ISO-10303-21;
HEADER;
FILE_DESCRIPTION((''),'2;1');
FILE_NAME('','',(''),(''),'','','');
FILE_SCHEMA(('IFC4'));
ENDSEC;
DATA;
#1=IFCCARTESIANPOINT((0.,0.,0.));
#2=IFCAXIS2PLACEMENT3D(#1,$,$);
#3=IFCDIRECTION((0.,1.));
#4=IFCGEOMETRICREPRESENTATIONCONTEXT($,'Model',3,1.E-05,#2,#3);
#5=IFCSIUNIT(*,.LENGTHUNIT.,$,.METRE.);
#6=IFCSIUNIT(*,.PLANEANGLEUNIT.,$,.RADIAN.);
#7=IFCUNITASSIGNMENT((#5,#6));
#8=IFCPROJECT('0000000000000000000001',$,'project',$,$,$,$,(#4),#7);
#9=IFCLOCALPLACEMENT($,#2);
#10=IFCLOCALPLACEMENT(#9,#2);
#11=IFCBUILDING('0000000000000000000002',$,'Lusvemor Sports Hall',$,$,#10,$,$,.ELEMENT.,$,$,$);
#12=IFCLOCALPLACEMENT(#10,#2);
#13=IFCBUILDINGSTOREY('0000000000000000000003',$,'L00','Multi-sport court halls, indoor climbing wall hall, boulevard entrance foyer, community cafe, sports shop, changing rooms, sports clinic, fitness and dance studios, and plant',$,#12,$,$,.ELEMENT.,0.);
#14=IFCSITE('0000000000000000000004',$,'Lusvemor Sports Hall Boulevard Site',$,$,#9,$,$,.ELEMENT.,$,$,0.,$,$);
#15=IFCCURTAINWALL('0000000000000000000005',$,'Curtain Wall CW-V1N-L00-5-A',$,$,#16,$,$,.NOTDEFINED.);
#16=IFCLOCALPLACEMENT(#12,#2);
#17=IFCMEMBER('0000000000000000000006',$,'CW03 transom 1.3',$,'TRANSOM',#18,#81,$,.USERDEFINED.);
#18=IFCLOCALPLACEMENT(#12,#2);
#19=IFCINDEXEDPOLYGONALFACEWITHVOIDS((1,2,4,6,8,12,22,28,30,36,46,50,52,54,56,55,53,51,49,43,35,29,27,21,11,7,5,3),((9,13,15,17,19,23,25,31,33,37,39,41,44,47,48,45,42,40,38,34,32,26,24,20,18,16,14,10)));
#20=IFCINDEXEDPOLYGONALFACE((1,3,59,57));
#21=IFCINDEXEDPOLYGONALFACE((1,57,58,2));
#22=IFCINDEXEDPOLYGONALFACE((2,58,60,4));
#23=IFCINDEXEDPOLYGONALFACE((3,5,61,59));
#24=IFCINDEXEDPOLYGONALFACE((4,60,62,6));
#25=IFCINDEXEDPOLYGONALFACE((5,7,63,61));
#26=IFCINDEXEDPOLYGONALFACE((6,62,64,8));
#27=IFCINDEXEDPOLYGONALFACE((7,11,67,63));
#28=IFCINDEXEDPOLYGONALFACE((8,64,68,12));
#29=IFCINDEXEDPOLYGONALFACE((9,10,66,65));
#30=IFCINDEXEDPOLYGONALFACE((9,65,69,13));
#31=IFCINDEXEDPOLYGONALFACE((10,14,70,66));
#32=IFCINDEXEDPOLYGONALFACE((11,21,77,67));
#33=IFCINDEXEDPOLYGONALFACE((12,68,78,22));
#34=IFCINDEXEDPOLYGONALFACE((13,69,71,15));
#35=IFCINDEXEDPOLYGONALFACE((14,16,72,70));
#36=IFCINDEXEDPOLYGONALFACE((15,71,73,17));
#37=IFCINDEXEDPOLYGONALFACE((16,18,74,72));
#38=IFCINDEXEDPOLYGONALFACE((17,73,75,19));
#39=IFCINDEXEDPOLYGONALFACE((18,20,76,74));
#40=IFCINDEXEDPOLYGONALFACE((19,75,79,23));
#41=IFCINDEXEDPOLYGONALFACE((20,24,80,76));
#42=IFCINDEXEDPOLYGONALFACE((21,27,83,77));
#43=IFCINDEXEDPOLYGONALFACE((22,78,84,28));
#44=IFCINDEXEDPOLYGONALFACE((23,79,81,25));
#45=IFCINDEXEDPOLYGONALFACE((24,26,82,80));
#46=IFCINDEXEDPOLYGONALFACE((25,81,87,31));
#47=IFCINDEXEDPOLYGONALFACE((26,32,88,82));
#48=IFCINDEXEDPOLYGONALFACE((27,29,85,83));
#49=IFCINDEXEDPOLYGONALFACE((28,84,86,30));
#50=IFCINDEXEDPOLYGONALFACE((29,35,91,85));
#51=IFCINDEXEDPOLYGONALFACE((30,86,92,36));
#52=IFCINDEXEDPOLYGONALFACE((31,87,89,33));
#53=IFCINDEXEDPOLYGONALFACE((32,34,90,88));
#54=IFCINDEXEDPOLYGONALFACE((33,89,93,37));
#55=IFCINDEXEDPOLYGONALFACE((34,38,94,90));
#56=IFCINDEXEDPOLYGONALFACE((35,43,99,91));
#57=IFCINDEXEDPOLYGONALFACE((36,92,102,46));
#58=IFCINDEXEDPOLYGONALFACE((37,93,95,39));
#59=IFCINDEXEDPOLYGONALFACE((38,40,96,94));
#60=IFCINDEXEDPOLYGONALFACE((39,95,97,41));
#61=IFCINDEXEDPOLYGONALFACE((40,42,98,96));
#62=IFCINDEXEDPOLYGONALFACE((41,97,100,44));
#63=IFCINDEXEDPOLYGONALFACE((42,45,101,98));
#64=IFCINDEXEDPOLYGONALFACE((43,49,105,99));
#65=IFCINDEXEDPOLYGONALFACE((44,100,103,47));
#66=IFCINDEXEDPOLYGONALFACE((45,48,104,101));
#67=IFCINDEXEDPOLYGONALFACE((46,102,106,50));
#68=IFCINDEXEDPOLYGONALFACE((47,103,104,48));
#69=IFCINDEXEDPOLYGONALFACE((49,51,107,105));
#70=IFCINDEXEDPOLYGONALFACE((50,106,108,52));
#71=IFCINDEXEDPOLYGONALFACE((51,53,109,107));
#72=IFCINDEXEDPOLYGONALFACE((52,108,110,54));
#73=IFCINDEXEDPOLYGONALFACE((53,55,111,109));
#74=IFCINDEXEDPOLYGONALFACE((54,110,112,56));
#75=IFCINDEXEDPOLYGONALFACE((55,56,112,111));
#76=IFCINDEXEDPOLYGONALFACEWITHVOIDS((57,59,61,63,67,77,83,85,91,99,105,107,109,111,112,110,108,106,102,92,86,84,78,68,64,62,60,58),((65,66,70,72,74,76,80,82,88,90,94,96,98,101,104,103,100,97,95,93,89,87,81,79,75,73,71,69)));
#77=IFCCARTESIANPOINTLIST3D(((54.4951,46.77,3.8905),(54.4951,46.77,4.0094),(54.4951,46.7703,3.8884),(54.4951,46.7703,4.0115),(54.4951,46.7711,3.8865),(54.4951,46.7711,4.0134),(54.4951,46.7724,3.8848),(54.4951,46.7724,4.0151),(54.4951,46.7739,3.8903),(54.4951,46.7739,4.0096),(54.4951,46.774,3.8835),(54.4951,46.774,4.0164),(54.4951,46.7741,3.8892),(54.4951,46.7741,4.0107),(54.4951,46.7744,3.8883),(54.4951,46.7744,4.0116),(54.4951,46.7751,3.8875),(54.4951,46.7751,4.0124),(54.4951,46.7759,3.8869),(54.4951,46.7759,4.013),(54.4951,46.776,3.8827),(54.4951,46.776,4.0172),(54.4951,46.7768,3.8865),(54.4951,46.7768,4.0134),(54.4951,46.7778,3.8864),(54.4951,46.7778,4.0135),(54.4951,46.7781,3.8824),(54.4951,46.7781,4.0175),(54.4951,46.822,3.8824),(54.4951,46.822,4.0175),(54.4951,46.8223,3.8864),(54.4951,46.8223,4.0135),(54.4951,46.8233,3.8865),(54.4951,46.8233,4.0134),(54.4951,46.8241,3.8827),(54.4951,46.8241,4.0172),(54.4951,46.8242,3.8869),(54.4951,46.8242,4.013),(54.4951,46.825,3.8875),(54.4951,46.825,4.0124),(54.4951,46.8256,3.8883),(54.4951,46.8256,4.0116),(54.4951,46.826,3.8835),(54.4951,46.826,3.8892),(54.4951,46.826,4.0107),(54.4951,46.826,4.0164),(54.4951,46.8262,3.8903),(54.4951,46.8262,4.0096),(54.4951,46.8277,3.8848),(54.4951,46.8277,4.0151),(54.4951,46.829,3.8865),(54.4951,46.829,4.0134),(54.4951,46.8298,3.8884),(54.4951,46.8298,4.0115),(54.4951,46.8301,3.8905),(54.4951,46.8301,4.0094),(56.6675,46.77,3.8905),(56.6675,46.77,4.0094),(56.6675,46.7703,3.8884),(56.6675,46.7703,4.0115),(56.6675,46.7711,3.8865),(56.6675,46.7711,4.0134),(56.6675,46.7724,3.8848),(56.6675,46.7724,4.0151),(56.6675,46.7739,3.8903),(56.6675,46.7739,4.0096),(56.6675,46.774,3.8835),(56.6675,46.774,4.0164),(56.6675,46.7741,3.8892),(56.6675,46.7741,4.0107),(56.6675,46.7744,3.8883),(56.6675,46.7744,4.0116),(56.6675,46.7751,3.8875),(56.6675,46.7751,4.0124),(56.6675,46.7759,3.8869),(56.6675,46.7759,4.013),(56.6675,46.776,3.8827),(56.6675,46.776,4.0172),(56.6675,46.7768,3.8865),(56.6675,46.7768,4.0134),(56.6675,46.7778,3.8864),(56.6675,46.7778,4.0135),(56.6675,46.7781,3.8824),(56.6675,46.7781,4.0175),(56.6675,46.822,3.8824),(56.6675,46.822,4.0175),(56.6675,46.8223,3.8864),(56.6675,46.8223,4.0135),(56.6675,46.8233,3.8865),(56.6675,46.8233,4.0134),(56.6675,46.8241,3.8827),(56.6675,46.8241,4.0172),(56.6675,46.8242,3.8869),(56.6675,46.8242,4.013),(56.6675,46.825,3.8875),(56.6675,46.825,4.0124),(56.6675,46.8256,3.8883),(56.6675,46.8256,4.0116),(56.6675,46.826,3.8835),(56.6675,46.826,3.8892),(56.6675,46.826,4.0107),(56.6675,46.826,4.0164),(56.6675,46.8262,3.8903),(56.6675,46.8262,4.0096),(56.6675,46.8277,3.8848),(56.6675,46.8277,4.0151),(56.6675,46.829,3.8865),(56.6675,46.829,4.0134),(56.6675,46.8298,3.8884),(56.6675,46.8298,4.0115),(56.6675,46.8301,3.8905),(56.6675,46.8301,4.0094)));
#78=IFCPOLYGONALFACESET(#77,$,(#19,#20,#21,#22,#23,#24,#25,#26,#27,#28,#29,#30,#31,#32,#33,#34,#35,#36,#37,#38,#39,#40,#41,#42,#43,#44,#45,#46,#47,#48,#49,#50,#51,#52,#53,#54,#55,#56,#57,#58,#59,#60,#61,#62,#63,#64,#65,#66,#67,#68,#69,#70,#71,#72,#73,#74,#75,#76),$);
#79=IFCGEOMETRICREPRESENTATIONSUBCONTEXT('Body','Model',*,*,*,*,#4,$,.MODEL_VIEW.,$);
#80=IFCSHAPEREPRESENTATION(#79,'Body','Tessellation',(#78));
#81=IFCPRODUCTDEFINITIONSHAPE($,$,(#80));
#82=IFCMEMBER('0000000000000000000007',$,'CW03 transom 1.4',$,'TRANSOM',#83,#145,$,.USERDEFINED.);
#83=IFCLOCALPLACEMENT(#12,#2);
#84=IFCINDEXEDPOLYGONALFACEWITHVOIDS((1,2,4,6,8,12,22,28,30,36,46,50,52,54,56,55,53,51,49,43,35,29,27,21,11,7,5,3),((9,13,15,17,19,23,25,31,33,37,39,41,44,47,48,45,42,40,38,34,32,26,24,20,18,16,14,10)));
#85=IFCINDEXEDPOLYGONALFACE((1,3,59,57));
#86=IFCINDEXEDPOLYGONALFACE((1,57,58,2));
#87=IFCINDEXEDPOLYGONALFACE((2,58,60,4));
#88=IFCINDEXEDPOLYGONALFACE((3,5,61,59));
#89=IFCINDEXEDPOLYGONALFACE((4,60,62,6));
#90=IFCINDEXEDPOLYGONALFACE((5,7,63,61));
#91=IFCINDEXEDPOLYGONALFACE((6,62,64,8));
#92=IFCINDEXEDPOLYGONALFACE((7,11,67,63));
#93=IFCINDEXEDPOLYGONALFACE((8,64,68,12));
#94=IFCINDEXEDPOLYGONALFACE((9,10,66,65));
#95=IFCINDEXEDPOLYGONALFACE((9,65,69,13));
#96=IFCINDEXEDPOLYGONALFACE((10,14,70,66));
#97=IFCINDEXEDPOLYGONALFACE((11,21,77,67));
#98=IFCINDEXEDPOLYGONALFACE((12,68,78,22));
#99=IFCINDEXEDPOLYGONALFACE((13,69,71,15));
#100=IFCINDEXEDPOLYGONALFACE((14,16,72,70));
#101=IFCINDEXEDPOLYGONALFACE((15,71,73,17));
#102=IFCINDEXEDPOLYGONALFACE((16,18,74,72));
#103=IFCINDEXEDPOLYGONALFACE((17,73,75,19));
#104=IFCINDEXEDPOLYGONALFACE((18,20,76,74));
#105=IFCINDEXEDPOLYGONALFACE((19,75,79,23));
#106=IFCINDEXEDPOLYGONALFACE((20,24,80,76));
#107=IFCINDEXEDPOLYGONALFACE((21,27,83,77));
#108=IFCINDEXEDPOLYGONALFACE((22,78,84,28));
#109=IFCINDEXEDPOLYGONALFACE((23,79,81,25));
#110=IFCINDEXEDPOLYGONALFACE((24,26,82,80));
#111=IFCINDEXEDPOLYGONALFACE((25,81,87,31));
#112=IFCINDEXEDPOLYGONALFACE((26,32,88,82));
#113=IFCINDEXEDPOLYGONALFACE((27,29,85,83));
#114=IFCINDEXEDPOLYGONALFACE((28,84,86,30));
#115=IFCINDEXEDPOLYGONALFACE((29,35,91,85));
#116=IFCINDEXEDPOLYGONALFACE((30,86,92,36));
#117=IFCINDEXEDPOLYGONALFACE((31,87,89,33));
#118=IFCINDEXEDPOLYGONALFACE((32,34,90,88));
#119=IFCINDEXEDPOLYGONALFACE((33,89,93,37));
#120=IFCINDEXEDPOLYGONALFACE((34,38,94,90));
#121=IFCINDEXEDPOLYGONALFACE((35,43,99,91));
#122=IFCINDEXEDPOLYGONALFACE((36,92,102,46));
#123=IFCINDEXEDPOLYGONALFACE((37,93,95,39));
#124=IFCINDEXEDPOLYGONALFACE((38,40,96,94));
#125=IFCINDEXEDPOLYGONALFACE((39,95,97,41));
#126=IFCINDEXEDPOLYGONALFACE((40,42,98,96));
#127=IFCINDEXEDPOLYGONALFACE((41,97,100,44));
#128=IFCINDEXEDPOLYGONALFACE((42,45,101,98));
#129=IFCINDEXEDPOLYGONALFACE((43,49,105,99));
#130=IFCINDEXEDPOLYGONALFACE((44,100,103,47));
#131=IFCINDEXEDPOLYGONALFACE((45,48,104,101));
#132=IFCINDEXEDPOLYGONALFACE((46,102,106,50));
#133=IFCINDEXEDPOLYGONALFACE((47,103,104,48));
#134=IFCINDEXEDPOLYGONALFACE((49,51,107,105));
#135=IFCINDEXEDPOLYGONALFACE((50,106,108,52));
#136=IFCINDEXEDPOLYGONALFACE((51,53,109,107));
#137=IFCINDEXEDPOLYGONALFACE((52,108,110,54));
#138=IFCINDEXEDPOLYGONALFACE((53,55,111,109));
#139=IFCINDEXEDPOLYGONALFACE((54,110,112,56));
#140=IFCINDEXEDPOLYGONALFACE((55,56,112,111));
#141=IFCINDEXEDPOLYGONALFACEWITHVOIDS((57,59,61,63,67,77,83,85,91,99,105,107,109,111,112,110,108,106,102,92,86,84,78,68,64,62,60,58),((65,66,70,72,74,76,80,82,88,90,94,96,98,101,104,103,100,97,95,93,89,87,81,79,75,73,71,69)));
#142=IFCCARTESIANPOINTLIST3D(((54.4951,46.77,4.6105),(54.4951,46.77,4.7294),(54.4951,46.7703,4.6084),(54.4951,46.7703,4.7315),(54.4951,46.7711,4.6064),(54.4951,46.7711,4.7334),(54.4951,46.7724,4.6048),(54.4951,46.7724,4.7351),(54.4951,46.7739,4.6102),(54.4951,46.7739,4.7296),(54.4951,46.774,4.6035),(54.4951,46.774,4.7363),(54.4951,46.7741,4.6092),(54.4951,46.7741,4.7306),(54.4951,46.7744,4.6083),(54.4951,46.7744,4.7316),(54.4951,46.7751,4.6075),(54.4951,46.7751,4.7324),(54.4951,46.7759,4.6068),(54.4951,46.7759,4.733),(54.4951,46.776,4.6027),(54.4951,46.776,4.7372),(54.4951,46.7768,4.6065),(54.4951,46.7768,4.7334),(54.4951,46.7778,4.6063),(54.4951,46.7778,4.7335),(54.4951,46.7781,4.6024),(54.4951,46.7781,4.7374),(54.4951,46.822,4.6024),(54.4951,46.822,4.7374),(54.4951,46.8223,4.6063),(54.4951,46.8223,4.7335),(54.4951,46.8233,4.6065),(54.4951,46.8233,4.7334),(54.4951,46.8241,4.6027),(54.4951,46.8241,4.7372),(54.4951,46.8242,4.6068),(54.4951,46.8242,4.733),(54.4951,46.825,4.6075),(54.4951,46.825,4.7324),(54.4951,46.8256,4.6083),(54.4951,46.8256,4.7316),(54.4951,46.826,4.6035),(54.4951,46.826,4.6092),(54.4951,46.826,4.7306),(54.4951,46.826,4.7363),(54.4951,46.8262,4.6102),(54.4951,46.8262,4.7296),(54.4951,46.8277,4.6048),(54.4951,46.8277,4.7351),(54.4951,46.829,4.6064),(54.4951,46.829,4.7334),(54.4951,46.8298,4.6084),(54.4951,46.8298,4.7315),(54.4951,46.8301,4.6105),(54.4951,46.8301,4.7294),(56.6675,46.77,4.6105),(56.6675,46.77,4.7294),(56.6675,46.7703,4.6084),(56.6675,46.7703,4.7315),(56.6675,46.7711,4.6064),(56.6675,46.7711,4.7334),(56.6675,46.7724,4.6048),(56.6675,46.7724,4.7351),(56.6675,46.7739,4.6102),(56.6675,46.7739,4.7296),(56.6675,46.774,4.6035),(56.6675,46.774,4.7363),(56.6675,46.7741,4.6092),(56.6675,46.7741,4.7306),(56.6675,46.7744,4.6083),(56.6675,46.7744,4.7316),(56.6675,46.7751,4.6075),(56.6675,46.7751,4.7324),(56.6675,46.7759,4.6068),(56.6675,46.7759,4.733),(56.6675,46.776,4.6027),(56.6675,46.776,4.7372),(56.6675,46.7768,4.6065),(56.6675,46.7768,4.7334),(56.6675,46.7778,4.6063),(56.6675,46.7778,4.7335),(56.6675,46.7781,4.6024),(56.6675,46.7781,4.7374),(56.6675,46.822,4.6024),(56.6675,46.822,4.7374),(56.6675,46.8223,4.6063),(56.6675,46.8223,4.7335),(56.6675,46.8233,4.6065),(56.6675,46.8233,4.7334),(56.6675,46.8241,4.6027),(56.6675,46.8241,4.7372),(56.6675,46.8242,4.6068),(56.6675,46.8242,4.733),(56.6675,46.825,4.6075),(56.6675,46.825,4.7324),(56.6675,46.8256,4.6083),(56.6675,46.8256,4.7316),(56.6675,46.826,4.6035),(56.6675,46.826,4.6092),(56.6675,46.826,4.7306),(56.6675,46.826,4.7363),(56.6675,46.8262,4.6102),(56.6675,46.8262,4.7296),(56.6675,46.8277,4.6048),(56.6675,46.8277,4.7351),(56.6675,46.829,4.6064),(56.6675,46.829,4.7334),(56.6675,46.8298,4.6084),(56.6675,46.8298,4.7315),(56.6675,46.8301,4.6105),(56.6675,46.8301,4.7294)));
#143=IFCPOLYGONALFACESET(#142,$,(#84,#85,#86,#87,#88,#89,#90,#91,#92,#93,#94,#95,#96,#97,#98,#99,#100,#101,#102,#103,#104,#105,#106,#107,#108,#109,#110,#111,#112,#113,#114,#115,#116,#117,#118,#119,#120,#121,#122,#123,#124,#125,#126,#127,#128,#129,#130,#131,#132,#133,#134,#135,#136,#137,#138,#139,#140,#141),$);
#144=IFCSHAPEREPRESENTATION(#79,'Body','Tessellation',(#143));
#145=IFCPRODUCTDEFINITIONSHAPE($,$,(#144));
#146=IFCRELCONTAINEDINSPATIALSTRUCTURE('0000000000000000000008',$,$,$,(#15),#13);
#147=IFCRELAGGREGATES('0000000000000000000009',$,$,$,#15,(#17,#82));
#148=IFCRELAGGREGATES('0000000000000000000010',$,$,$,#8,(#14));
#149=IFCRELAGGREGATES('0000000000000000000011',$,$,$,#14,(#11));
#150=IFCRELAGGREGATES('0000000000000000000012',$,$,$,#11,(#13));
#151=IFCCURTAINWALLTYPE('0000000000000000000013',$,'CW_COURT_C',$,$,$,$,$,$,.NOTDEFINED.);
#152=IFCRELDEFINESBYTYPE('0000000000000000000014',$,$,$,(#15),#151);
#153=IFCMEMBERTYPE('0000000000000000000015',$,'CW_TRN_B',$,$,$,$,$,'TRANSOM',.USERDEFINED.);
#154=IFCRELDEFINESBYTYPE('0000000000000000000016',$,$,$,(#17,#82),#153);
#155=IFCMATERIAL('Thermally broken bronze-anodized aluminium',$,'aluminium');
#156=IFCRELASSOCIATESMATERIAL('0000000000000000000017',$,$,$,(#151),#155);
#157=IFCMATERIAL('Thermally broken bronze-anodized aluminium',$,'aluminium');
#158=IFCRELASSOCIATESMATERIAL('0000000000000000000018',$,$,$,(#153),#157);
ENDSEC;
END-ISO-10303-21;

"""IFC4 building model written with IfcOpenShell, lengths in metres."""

from ifc_helpers import new_model, si_unit, direction, frame, origin, origin_2d, place, context, subcontext, project, spatial, hollow_rectangle, extrude, material, material_profile, profile_set, type_object, element, aggregate, save


model = new_model("IFC4")

# Units and contexts
model_context = context("Model", 3, precision=1e-05, world=origin(), true_north=direction((0.0, 1.0)))
body_context = subcontext(model_context, "Body", "Model", "MODEL_VIEW")
ifc_project = project(units=[si_unit("LENGTHUNIT", "METRE"), si_unit("PLANEANGLEUNIT", "RADIAN")], contexts=[model_context])

# Site, building, storey
site_placement = place(None, origin())
site = spatial("IfcSite", under=ifc_project, at=site_placement, Name="Lusvemor Sports Hall Boulevard Site", CompositionType="ELEMENT", RefElevation=0.0)
building_placement = place(site_placement, origin())
building = spatial("IfcBuilding", under=site, at=building_placement, Name="Lusvemor Sports Hall", CompositionType="ELEMENT")
storey_placement = place(building_placement, origin())
storey = spatial("IfcBuildingStorey", under=building, at=storey_placement, Name="L00", Description="Multi-sport court halls, indoor climbing wall hall, boulevard entrance foyer, community cafe, sports shop, changing rooms, sports clinic, fitness and dance studios, and plant", CompositionType="ELEMENT", Elevation=0.0)

# Curtain wall, members
ifc_material_1 = material(Name="Thermally broken bronze-anodized aluminium", Category="aluminium")
curtain_wall_type = type_object("IfcCurtainWallType", Name="CW_COURT_C", PredefinedType="NOTDEFINED", material=ifc_material_1)
curtain_wall_placement = place(storey_placement, origin())
curtain_wall = element("IfcCurtainWall", 1, at=curtain_wall_placement, inside=storey, type_object=curtain_wall_type, Name="Curtain Wall CW-V1N-L00-5-A", PredefinedType="NOTDEFINED")
ifc_material_2 = material(Name="Thermally broken bronze-anodized aluminium", Category="aluminium")
ifc_material_profile_1 = material_profile(ifc_material_2, hollow_rectangle(XDim=0.0601, YDim=0.135, WallThickness=0.0039, InnerFilletRadius=0.0039, OuterFilletRadius=0.0081, at=origin_2d()), Name="CWTRN135x60x4")
ifc_profile_set_1 = profile_set([ifc_material_profile_1], Name="Thermally broken bronze-anodized aluminium")
member_type_1 = type_object("IfcMemberType", Name="CW_TRN_B", ElementType="TRANSOM", PredefinedType="USERDEFINED", material=ifc_profile_set_1)
member_1_placement = place(storey_placement, frame((54.4951, 46.8, 3.95), z_axis=(1.0, 0.0, 0.0), x_axis=(0.0, 1.0, 0.0)))
member_1 = element("IfcMember", 2, at=member_1_placement, type_object=member_type_1, Name="CW03 transom 1.3", ObjectType="TRANSOM", PredefinedType="USERDEFINED", context=body_context, shape_type="SweptSolid", body=[
    extrude(hollow_rectangle(XDim=0.0601, YDim=0.135, WallThickness=0.0039, InnerFilletRadius=0.0039, OuterFilletRadius=0.0081, at=origin_2d()), origin(), (0.0, 0.0, 1.0), 2.1724),
])
member_2_placement = place(storey_placement, frame((54.4951, 46.8, 4.6699), z_axis=(1.0, 0.0, 0.0), x_axis=(0.0, 1.0, 0.0)))
member_2 = element("IfcMember", 3, at=member_2_placement, type_object=member_type_1, Name="CW03 transom 1.4", ObjectType="TRANSOM", PredefinedType="USERDEFINED", context=body_context, shape_type="SweptSolid", body=[
    extrude(hollow_rectangle(XDim=0.0601, YDim=0.135, WallThickness=0.0039, InnerFilletRadius=0.0039, OuterFilletRadius=0.0081, at=origin_2d()), origin(), (0.0, 0.0, 1.0), 2.1724),
])
aggregate(curtain_wall, [member_1, member_2])

save(model, "model.ifc")
